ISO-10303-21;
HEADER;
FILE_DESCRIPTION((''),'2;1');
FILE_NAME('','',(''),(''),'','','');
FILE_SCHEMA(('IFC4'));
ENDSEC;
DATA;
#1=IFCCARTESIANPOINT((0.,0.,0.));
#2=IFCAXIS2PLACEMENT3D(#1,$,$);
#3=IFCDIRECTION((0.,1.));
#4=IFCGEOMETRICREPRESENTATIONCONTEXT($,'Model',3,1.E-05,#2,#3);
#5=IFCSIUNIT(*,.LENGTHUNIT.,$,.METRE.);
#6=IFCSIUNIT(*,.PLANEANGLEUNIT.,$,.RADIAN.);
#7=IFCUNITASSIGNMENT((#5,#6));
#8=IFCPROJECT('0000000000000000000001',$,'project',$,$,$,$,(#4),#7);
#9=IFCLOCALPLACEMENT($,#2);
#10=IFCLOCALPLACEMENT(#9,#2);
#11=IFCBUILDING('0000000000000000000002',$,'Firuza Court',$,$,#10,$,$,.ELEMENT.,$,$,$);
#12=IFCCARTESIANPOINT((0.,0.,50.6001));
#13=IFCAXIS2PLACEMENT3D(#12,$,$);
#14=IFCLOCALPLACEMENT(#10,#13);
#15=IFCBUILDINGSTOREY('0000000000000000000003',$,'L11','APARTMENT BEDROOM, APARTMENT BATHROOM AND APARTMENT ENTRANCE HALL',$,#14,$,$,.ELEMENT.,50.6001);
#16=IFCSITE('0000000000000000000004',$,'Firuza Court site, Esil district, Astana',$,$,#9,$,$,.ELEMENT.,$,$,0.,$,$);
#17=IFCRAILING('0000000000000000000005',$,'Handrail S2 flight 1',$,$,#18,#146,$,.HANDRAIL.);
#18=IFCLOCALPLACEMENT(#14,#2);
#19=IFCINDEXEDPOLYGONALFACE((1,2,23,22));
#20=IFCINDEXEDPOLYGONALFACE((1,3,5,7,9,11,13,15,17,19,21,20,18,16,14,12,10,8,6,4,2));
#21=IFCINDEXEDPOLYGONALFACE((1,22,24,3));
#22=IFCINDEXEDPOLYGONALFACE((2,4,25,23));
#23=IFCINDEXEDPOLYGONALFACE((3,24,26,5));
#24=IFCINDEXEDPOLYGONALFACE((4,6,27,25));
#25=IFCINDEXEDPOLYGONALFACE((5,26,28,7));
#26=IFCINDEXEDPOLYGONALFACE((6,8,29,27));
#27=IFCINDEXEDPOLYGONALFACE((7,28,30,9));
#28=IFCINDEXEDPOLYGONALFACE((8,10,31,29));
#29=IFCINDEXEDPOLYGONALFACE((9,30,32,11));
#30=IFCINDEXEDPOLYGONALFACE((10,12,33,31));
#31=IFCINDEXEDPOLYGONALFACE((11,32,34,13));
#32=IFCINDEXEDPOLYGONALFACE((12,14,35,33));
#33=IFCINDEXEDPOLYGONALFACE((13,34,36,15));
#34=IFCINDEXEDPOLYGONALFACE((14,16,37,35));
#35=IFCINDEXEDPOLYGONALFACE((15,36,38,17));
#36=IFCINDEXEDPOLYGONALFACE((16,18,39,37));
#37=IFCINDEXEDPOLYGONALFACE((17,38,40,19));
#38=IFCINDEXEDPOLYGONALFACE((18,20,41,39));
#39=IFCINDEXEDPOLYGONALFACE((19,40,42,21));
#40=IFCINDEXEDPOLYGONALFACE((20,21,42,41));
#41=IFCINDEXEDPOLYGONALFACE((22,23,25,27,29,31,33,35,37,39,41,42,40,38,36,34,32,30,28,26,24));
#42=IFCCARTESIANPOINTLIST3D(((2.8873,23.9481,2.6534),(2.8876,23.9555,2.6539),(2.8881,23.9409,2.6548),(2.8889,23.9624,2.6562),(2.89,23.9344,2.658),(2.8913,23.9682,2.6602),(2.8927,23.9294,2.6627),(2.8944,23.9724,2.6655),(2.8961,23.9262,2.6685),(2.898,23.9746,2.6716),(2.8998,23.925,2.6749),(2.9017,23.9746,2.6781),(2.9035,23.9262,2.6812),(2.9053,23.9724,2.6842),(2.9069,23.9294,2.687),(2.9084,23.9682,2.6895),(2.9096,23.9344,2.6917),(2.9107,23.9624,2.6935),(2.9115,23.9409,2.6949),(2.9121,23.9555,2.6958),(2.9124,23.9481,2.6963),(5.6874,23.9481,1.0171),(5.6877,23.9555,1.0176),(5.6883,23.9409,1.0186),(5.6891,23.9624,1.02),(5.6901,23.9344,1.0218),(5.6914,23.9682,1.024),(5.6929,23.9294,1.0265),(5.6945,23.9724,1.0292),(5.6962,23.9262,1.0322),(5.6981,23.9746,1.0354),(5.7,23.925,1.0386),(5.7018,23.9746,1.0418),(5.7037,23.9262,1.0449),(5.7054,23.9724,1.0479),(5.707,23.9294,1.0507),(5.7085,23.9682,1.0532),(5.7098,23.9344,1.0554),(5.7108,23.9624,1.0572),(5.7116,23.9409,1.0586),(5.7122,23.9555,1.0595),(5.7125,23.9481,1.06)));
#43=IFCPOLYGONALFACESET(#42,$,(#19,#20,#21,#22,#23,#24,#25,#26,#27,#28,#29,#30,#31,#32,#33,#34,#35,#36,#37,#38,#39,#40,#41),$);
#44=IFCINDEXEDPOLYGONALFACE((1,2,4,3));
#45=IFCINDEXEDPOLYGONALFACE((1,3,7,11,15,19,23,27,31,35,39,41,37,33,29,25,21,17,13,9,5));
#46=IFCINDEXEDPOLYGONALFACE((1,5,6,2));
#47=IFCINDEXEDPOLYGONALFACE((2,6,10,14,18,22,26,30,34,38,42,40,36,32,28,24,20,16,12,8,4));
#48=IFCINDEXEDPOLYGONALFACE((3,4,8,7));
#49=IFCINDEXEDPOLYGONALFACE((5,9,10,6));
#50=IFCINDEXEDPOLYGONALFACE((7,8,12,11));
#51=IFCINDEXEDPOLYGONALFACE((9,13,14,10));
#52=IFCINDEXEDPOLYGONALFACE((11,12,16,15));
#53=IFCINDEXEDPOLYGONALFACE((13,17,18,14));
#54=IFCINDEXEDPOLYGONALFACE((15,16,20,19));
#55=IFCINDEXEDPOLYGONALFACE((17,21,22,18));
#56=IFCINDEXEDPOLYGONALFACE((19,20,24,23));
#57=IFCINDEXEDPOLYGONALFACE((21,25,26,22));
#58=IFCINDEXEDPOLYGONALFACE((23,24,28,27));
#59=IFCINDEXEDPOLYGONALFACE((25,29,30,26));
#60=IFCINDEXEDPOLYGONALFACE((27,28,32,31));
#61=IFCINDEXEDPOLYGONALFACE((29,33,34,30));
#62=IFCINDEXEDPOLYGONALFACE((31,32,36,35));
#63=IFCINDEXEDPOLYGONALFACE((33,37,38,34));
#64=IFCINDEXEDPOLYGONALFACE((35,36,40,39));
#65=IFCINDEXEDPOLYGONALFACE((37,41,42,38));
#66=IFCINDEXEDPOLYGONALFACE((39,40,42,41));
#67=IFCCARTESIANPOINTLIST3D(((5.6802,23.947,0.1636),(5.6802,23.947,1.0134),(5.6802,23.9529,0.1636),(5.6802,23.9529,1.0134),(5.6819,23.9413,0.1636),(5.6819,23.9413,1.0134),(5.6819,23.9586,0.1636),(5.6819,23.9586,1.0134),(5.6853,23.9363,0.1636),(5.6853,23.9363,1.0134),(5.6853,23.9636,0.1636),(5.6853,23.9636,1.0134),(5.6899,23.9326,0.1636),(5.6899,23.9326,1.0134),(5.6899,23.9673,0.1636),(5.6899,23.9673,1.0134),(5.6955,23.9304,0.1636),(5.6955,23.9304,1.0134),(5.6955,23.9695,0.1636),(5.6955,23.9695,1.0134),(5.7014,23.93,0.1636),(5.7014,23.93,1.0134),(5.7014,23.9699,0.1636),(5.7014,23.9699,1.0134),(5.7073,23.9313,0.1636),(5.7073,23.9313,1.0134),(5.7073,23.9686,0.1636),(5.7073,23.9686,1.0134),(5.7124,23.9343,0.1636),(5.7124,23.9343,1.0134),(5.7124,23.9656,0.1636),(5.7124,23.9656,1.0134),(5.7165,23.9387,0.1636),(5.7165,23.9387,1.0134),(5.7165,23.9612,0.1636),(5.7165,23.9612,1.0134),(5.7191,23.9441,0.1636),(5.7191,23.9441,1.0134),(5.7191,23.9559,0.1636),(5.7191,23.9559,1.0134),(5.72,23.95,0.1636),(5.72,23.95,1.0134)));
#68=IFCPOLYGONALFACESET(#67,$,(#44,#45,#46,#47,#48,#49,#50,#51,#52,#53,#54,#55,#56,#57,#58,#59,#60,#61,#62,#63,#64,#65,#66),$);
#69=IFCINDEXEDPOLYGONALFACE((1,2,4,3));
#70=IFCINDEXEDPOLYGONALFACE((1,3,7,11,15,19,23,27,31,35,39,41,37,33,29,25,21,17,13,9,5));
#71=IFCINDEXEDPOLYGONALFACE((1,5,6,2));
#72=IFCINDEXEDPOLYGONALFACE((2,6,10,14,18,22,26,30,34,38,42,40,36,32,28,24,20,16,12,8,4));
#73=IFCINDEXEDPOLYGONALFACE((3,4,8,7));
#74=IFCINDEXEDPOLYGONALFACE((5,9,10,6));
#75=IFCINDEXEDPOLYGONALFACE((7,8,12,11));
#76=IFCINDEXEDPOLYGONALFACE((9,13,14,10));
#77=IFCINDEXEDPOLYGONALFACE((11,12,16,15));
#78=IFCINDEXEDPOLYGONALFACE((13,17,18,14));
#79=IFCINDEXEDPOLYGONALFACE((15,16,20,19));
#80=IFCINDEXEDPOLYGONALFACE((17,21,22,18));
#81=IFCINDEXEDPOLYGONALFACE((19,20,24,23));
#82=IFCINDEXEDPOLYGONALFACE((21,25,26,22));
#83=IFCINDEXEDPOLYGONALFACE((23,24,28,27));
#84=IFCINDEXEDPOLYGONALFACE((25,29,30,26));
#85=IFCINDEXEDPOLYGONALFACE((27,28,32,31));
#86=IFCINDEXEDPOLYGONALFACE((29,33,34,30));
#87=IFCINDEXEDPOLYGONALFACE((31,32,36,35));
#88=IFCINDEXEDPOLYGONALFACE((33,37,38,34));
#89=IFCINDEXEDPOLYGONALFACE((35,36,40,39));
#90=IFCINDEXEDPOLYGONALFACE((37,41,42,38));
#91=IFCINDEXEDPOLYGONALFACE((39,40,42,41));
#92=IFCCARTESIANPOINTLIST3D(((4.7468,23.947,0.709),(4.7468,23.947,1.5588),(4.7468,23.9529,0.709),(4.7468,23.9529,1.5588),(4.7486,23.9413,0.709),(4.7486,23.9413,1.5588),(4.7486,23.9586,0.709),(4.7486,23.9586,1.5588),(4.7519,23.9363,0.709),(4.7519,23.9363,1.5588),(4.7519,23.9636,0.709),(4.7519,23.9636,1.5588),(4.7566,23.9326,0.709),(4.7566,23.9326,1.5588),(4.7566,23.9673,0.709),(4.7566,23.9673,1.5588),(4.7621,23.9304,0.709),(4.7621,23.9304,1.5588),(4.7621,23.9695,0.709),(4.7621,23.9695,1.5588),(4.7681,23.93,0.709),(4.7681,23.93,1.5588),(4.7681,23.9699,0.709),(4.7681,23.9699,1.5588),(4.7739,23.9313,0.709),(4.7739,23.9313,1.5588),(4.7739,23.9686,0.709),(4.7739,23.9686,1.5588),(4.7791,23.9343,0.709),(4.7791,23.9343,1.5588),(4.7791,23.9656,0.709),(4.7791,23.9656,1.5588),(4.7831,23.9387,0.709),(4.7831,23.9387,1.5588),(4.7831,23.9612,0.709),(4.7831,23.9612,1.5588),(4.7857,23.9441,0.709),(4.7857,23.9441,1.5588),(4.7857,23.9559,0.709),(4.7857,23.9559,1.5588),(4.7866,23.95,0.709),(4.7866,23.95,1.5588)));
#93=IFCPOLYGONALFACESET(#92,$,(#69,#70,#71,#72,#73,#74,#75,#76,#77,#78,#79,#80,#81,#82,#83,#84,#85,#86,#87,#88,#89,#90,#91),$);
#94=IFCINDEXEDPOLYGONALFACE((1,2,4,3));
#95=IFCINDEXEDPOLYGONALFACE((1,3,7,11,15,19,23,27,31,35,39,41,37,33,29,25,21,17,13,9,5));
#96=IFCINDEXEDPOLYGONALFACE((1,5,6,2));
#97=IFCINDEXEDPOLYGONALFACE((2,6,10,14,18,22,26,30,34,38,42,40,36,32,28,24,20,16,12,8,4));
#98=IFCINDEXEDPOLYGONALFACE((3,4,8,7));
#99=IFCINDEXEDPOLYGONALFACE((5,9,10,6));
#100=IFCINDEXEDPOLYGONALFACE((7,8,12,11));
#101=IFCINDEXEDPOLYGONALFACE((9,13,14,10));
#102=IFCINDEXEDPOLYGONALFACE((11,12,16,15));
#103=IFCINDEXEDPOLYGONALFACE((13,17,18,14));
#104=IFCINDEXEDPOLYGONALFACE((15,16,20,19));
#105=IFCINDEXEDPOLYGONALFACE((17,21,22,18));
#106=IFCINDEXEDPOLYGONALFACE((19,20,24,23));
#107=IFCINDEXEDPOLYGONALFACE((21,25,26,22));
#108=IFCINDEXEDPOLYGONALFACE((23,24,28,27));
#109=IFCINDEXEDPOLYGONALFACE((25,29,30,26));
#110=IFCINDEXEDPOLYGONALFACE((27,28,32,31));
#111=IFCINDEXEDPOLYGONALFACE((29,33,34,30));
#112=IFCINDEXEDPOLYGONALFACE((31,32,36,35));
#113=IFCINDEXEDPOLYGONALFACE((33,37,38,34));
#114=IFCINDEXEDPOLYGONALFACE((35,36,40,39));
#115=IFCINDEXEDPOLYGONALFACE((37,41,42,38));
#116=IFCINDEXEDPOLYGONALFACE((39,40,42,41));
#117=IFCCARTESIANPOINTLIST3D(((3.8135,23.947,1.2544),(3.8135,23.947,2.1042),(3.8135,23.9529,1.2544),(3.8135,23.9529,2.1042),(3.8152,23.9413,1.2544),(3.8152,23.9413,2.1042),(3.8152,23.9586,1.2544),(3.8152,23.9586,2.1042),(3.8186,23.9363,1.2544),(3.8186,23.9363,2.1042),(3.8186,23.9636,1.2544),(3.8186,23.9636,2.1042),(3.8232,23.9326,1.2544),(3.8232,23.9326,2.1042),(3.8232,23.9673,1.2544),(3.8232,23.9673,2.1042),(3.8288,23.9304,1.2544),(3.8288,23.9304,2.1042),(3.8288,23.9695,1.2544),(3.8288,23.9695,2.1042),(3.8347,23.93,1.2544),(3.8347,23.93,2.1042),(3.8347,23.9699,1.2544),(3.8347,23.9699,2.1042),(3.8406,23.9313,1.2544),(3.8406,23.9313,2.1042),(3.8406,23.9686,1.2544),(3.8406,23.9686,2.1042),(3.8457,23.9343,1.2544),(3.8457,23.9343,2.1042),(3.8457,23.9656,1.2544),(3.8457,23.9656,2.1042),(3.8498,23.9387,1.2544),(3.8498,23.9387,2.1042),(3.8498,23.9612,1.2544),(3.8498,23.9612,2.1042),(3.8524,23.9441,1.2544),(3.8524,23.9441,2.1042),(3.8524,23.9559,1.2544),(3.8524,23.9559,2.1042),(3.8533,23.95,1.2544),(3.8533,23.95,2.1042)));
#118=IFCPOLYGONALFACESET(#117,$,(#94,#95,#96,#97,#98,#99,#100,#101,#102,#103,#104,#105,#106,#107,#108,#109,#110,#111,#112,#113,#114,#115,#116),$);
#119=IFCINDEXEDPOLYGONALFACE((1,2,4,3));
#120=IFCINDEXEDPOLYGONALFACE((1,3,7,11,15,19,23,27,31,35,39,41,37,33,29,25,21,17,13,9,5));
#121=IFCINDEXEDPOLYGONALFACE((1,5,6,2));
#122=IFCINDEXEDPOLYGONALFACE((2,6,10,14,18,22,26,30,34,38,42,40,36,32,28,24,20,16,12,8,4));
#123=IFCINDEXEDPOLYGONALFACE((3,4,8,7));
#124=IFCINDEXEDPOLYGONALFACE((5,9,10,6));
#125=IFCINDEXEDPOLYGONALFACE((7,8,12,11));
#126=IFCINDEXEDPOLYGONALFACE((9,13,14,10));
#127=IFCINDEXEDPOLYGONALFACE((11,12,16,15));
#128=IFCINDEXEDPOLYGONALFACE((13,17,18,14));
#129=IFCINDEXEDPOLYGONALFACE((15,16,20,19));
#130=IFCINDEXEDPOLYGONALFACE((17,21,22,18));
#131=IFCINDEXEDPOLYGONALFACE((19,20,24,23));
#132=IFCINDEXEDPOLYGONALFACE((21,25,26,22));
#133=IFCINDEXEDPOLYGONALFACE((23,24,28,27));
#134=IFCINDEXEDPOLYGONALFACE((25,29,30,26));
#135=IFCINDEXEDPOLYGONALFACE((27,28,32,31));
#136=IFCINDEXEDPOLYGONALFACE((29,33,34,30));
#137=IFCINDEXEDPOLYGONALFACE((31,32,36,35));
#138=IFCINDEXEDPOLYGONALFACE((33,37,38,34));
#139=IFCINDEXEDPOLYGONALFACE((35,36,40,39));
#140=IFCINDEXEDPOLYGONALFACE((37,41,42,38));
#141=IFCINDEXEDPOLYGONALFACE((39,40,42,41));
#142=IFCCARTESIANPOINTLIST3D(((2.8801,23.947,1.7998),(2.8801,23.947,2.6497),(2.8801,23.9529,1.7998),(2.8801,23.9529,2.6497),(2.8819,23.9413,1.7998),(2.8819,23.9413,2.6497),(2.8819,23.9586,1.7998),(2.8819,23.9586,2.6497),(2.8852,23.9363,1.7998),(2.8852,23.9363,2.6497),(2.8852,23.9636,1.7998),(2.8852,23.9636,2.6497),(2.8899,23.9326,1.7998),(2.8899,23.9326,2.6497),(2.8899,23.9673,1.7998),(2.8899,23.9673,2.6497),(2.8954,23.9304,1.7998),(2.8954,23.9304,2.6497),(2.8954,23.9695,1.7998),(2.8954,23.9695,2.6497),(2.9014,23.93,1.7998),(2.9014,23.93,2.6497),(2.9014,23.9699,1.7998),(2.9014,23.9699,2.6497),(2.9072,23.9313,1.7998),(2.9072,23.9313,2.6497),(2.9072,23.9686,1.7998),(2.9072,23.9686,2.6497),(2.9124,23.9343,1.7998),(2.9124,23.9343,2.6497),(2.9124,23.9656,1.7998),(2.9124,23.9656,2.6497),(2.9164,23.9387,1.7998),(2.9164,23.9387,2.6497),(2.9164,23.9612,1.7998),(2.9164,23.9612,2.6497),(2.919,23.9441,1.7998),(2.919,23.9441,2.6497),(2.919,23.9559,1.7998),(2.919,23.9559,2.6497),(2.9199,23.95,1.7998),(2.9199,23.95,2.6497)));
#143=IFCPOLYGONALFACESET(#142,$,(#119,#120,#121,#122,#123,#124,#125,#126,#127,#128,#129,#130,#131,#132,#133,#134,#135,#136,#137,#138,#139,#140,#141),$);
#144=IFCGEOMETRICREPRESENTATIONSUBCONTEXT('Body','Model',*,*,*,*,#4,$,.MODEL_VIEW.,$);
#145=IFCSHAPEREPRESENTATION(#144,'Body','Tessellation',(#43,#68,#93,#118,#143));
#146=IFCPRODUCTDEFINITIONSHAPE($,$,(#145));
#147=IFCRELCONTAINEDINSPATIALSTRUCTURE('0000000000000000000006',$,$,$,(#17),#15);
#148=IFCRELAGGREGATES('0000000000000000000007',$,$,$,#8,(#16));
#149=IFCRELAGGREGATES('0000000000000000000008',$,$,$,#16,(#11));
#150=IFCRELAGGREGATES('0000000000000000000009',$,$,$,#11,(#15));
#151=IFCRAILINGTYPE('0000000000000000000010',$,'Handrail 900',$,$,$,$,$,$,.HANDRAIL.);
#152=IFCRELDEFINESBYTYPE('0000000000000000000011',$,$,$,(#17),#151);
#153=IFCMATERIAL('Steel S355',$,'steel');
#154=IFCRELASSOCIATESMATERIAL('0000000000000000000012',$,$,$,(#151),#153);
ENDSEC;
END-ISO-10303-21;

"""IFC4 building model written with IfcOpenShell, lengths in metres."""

from ifc_helpers import new_model, si_unit, direction, frame, origin, origin_2d, place, context, subcontext, project, spatial, circle, extrude, material, type_object, element, save


model = new_model("IFC4")

# Units and contexts
model_context = context("Model", 3, precision=1e-05, world=origin(), true_north=direction((0.0, 1.0)))
body_context = subcontext(model_context, "Body", "Model", "MODEL_VIEW")
ifc_project = project(units=[si_unit("LENGTHUNIT", "METRE"), si_unit("PLANEANGLEUNIT", "RADIAN")], contexts=[model_context])

# Site, building, storey
site_placement = place(None, origin())
site = spatial("IfcSite", under=ifc_project, at=site_placement, Name="Firuza Court site, Esil district, Astana", CompositionType="ELEMENT", RefElevation=0.0)
building_placement = place(site_placement, origin())
building = spatial("IfcBuilding", under=site, at=building_placement, Name="Firuza Court", CompositionType="ELEMENT")
storey_placement = place(building_placement, frame((0.0, 0.0, 50.6001)))
storey = spatial("IfcBuildingStorey", under=building, at=storey_placement, Name="L11", Description="APARTMENT BEDROOM, APARTMENT BATHROOM AND APARTMENT ENTRANCE HALL", CompositionType="ELEMENT", Elevation=50.6001)

# Railing
ifc_material_1 = material(Name="Steel S355", Category="steel")
railing_type = type_object("IfcRailingType", Name="Handrail 900", PredefinedType="HANDRAIL", material=ifc_material_1)
railing_1_placement = place(storey_placement, frame((5.7, 23.95, 0.1636)))
element("IfcRailing", 1, at=railing_1_placement, inside=storey, type_object=railing_type, Name="Handrail S2 flight 1", PredefinedType="HANDRAIL", context=body_context, shape_type="SweptSolid", body=[
    extrude(circle(Radius=0.0249, at=origin_2d()), frame((0.0, 0.0, 0.875), z_axis=(-0.863394, 0.0, 0.504531), x_axis=(0.0, -1.0, 0.0)), (0.0, 0.0, 1.0), 3.2432),
    extrude(circle(Radius=0.02, at=origin_2d()), origin(), (0.0, 0.0, 1.0), 0.8499),
    extrude(circle(Radius=0.02, at=origin_2d()), frame((-0.9333, 0.0, 0.5454)), (0.0, 0.0, 1.0), 0.8499),
    extrude(circle(Radius=0.02, at=origin_2d()), frame((-1.8667, 0.0, 1.0908)), (0.0, 0.0, 1.0), 0.8499),
    extrude(circle(Radius=0.02, at=origin_2d()), frame((-2.8, 0.0, 1.6362)), (0.0, 0.0, 1.0), 0.8499),
])

save(model, "model.ifc")
